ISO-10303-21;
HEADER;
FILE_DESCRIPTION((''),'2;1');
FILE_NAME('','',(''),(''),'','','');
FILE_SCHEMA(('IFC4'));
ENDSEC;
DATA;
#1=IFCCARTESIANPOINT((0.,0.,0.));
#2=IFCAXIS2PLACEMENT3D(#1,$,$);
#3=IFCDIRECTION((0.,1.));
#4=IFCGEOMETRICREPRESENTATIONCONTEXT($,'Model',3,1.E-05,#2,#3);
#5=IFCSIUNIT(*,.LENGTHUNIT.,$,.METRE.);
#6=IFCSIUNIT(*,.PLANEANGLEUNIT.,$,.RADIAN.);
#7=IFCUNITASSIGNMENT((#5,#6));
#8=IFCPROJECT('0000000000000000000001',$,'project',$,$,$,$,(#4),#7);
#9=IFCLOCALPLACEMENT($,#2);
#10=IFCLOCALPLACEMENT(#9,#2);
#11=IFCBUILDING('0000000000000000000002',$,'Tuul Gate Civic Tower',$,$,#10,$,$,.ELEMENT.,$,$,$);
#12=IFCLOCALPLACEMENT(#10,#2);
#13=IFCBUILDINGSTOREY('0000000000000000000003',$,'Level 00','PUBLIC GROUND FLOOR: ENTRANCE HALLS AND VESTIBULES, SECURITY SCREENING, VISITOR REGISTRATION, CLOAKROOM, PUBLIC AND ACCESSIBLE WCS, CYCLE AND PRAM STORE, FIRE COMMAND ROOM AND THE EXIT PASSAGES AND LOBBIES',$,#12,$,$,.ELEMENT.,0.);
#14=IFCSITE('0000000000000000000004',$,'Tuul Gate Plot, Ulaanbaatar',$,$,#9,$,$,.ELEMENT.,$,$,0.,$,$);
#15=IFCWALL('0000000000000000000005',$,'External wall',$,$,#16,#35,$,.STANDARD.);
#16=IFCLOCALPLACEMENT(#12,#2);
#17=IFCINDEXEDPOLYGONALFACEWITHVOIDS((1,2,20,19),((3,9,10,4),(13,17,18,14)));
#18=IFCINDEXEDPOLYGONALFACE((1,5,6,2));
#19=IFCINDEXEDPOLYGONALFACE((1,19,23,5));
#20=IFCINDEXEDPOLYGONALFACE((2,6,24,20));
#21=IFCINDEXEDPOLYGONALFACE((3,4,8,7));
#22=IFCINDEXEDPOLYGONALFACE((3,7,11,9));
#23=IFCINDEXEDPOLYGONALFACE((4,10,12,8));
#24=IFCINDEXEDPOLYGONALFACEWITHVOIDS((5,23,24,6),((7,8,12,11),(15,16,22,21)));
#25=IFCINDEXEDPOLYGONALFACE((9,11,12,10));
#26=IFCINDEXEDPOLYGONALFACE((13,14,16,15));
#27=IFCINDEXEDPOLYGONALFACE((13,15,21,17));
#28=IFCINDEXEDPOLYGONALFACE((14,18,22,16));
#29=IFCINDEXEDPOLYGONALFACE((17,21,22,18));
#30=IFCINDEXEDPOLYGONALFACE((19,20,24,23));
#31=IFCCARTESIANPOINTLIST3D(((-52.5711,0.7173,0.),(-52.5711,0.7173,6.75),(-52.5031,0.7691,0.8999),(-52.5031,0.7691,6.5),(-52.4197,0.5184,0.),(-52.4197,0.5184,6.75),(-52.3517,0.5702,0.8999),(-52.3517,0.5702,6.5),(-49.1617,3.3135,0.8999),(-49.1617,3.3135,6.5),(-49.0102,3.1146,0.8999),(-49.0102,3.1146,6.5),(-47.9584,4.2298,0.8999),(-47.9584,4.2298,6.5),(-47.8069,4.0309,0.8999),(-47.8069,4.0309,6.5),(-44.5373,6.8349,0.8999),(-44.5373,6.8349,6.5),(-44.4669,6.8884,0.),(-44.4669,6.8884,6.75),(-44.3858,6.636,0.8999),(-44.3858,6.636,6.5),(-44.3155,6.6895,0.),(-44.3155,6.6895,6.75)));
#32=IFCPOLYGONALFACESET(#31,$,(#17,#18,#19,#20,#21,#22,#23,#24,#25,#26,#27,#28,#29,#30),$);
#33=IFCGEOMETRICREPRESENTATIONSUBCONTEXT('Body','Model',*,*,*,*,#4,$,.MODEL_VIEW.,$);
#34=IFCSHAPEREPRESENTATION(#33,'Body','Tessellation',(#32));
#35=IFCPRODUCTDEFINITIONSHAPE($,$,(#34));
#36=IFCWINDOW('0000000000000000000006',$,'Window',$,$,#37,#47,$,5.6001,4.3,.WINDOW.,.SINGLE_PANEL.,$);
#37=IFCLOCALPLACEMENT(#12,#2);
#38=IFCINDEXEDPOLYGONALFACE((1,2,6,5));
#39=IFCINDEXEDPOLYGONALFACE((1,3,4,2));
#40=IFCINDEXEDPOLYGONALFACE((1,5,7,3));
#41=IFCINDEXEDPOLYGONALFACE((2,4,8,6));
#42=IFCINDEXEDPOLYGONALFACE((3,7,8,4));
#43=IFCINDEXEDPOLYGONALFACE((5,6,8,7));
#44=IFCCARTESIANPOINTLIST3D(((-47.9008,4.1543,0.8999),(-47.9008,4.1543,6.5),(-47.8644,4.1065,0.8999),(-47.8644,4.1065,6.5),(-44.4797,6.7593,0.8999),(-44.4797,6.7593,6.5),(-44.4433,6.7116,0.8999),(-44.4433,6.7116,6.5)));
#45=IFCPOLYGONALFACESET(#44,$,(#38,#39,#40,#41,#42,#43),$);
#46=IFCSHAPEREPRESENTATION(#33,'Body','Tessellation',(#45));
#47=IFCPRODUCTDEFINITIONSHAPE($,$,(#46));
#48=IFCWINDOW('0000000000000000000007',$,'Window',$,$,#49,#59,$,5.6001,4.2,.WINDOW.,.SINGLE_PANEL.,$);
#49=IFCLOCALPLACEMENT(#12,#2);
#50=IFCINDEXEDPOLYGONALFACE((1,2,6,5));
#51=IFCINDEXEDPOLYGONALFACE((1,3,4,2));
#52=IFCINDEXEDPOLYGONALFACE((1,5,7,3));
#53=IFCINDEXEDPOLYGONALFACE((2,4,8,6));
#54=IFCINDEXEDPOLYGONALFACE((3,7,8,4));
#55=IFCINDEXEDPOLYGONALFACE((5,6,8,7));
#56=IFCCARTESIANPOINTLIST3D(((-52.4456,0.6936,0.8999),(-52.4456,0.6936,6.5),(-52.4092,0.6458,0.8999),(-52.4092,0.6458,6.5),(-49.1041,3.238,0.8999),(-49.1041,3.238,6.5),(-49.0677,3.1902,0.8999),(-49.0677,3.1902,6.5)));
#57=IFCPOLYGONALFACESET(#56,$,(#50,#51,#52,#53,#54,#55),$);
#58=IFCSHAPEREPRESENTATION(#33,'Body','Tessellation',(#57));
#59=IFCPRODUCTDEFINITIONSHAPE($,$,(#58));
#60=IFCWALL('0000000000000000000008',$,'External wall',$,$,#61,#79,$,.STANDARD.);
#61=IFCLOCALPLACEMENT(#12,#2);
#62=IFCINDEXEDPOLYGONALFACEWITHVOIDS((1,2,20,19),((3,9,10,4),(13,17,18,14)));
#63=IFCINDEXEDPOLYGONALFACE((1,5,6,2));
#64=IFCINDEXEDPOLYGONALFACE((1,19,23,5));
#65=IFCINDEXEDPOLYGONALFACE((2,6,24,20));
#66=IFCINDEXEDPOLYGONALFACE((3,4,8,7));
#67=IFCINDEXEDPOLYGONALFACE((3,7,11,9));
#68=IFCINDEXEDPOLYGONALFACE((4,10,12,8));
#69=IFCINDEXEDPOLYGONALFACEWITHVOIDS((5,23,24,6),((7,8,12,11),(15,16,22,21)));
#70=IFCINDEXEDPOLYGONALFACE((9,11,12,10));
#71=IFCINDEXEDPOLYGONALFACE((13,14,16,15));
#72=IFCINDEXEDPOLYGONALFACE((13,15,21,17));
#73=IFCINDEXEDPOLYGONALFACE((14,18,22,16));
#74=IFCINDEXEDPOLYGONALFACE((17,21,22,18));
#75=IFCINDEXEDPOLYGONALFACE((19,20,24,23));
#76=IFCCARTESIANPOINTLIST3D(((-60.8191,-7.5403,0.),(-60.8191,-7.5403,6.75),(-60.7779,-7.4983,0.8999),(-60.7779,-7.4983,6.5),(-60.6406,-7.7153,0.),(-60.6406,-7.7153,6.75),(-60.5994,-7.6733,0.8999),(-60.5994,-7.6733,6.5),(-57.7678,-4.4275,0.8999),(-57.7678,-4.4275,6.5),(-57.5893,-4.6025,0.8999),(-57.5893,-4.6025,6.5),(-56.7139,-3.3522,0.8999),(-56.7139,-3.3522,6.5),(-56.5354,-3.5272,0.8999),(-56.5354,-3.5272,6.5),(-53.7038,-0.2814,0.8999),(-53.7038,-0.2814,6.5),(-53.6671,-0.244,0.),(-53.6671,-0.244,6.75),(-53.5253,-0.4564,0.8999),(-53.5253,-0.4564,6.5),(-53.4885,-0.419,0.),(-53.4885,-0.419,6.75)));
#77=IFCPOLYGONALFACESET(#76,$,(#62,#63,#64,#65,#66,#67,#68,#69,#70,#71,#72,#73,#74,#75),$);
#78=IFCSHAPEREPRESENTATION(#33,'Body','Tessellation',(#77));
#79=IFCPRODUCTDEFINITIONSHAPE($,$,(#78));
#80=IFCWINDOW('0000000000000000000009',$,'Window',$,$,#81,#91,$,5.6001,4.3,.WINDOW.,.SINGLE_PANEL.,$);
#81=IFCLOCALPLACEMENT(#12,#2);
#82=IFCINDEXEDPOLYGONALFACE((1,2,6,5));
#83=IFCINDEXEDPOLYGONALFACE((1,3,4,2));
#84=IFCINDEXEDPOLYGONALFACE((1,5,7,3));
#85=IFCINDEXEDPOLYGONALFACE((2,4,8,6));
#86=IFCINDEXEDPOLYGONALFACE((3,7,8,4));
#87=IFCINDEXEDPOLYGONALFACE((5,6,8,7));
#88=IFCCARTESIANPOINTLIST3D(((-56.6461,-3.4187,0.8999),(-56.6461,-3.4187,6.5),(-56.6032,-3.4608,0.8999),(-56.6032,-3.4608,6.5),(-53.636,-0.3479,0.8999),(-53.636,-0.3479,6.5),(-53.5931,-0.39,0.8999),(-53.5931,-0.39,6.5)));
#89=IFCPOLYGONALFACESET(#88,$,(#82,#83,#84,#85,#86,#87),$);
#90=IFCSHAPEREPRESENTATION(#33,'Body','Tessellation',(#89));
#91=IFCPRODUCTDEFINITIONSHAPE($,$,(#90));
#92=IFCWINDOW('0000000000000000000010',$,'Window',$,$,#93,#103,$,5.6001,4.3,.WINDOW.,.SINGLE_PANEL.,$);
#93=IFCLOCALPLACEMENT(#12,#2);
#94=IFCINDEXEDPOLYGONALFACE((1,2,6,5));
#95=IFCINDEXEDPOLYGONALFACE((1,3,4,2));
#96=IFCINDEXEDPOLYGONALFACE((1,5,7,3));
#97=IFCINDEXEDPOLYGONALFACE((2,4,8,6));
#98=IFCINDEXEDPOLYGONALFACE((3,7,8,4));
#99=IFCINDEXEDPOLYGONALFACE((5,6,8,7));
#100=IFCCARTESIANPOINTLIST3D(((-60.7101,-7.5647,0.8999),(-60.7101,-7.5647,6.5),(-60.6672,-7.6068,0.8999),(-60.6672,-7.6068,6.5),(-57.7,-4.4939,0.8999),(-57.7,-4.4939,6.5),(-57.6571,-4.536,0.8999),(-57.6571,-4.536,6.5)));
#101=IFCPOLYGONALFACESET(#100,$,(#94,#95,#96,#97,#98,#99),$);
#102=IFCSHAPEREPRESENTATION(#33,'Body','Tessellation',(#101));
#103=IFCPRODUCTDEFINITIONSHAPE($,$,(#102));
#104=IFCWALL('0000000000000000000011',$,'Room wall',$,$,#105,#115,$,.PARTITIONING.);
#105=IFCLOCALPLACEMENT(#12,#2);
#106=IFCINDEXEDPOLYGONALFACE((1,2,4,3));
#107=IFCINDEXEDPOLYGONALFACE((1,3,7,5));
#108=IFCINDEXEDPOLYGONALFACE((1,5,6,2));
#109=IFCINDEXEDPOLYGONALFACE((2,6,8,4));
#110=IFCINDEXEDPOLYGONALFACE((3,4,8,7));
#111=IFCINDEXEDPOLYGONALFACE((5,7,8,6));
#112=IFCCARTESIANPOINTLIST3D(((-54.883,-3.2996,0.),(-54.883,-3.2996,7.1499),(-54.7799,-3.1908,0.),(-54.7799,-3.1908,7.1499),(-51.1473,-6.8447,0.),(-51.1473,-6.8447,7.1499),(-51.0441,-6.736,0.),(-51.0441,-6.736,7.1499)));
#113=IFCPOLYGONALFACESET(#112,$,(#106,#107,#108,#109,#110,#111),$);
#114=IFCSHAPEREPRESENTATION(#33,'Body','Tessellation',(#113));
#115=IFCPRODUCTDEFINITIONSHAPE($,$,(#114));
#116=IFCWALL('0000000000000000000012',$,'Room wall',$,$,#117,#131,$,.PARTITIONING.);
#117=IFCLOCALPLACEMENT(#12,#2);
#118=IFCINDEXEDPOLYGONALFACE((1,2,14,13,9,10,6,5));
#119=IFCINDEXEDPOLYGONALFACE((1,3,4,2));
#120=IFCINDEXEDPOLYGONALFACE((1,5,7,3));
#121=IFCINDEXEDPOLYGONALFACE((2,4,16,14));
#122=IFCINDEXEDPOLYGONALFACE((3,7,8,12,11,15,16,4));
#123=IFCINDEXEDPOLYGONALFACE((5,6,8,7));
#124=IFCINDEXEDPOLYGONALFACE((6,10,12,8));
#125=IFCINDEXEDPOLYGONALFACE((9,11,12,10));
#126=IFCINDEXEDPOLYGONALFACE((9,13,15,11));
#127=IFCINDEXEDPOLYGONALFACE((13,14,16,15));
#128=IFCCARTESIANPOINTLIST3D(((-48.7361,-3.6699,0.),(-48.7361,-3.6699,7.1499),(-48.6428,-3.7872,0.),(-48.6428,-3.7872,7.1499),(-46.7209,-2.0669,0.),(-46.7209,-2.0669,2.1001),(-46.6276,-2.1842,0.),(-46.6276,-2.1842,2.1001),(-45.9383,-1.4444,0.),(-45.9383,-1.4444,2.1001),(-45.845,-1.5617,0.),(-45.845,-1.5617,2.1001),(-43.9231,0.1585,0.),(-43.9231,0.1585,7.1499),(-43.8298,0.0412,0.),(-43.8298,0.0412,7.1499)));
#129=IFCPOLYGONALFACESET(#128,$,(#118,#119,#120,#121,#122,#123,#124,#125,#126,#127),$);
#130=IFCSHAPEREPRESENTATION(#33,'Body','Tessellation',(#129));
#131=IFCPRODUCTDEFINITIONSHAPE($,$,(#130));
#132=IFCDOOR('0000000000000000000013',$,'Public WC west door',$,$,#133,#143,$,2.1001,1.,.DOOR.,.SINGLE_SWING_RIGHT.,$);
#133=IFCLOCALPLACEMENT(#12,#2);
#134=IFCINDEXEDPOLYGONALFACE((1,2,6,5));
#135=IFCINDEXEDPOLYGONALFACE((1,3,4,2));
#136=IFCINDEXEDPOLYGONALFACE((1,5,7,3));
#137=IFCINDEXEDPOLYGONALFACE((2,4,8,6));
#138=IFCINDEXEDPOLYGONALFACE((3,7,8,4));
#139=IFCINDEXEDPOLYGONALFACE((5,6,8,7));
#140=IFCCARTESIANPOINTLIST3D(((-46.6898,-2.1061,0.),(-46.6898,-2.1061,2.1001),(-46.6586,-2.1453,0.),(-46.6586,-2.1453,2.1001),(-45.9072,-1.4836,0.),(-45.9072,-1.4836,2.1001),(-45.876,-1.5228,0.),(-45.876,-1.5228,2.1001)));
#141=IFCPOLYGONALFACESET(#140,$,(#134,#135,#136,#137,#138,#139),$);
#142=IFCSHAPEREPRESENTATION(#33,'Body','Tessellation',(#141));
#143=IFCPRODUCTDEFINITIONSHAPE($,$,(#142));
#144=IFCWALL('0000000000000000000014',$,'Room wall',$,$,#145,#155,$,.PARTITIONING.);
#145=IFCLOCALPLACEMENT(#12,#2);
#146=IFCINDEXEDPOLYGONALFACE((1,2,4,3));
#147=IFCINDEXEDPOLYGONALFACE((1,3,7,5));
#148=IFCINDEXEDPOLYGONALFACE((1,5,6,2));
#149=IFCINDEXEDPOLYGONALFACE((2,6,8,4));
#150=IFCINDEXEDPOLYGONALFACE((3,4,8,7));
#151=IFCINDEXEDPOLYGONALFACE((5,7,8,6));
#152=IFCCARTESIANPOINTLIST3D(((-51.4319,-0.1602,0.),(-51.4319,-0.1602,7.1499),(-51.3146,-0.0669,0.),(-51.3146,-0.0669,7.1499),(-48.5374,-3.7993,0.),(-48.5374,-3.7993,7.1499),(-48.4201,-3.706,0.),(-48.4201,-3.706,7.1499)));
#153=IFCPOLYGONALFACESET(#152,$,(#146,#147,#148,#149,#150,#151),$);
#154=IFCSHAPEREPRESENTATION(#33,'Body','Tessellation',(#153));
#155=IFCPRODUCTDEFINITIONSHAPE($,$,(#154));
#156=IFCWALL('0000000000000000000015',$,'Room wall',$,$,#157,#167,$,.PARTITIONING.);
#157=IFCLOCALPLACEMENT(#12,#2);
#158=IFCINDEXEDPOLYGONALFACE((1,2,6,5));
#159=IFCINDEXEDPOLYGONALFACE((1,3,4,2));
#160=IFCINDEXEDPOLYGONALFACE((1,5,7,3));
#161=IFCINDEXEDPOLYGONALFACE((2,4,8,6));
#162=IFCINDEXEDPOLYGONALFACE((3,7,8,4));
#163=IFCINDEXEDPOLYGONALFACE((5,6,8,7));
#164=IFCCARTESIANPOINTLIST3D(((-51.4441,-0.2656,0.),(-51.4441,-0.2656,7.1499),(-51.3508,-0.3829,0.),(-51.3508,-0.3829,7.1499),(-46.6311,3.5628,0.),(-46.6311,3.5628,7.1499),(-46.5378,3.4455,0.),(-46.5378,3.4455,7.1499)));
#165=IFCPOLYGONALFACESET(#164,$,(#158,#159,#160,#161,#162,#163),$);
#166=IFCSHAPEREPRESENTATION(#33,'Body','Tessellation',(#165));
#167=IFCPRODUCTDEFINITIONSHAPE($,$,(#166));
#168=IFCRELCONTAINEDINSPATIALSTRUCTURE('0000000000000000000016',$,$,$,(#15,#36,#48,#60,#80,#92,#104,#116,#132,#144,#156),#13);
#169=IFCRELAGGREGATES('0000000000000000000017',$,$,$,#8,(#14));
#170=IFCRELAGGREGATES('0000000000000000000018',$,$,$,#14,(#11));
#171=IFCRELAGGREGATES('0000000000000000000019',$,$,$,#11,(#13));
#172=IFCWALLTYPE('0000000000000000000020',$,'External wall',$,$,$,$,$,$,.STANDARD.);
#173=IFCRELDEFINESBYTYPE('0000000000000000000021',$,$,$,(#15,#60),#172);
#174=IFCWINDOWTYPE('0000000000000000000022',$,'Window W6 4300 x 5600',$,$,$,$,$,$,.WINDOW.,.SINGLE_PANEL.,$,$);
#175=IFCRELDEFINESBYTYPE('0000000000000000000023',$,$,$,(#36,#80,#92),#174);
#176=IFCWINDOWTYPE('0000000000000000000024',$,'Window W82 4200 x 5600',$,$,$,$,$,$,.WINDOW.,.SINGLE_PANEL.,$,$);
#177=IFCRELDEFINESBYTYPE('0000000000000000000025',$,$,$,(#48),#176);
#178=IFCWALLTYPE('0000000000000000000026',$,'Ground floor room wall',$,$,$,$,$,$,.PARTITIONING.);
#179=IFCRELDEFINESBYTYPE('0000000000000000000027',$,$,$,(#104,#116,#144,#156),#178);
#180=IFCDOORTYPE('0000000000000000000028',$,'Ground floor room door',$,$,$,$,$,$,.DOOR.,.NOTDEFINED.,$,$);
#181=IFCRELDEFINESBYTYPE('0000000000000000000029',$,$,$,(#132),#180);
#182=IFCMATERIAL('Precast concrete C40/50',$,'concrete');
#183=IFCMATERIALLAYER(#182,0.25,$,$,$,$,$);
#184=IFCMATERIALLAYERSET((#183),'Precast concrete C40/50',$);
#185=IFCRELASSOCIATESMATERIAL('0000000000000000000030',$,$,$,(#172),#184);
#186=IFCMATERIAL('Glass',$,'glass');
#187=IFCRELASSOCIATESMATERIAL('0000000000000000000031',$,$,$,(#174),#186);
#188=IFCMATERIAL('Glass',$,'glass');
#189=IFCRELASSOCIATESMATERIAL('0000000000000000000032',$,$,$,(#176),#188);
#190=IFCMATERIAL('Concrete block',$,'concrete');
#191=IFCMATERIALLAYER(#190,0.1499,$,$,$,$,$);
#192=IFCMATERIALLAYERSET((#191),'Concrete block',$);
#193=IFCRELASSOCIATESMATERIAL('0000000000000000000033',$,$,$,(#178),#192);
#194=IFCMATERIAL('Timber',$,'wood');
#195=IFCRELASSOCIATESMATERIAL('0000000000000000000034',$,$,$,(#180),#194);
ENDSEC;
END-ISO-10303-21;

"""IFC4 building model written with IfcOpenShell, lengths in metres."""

from ifc_helpers import new_model, si_unit, direction, frame, frame_2d, origin, place, context, subcontext, project, spatial, rectangle, extrude, material, layer, layer_set, type_object, element, fill, save


model = new_model("IFC4")

# Units and contexts
model_context = context("Model", 3, precision=1e-05, world=origin(), true_north=direction((0.0, 1.0)))
body_context = subcontext(model_context, "Body", "Model", "MODEL_VIEW")
ifc_project = project(units=[si_unit("LENGTHUNIT", "METRE"), si_unit("PLANEANGLEUNIT", "RADIAN")], contexts=[model_context])

# Site, building, storey
site_placement = place(None, origin())
site = spatial("IfcSite", under=ifc_project, at=site_placement, Name="Tuul Gate Plot, Ulaanbaatar", CompositionType="ELEMENT", RefElevation=0.0)
building_placement = place(site_placement, origin())
building = spatial("IfcBuilding", under=site, at=building_placement, Name="Tuul Gate Civic Tower", CompositionType="ELEMENT")
storey_placement = place(building_placement, origin())
storey = spatial("IfcBuildingStorey", under=building, at=storey_placement, Name="Level 00", Description="PUBLIC GROUND FLOOR: ENTRANCE HALLS AND VESTIBULES, SECURITY SCREENING, VISITOR REGISTRATION, CLOAKROOM, PUBLIC AND ACCESSIBLE WCS, CYCLE AND PRAM STORE, FIRE COMMAND ROOM AND THE EXIT PASSAGES AND LOBBIES", CompositionType="ELEMENT", Elevation=0.0)

# Shared definitions
ifc_material_1 = material(Name="Precast concrete C40/50", Category="concrete")
ifc_layer_1 = layer(ifc_material_1, 0.25)
ifc_layer_set_1 = layer_set([ifc_layer_1], Name="Precast concrete C40/50")
wall_type_1 = type_object("IfcWallType", Name="External wall", PredefinedType="STANDARD", material=ifc_layer_set_1)

# Walls, openings, windows
wall_1_placement = place(storey_placement, frame((-44.3911, 6.7891, 0.0), z_axis=(0.0, 0.0, 1.0), x_axis=(-0.795598, -0.605824, 0.0)))
wall_1 = element("IfcWall", 1, at=wall_1_placement, inside=storey, type_object=wall_type_1, Name="External wall", PredefinedType="STANDARD", context=body_context, shape_type="SweptSolid", body=[
    extrude(rectangle(XDim=10.1863, YDim=0.25, at=frame_2d((5.0933, 0.0))), origin(), (0.0, 0.0, 1.0), 6.75),
])
opening_1_placement = place(wall_1_placement, frame((0.0886, 0.0, 0.8999)))
opening_1 = element("IfcOpeningElement", 2, at=opening_1_placement, cuts=wall_1, PredefinedType="OPENING", context=body_context, shape_type="SweptSolid", body=[
    extrude(rectangle(XDim=4.3, YDim=5.6001, at=frame_2d((2.1499, 2.8))), frame((0.0, 0.135, 0.0), z_axis=(0.0, -1.0, 0.0), x_axis=(1.0, 0.0, 0.0)), (0.0, 0.0, 1.0), 0.27),
])
opening_2_placement = place(wall_1_placement, frame((5.9009, 0.0, 0.8999)))
opening_2 = element("IfcOpeningElement", 3, at=opening_2_placement, cuts=wall_1, PredefinedType="OPENING", context=body_context, shape_type="SweptSolid", body=[
    extrude(rectangle(XDim=4.2, YDim=5.6001, at=frame_2d((2.1001, 2.8))), frame((0.0, 0.135, 0.0), z_axis=(0.0, -1.0, 0.0), x_axis=(1.0, 0.0, 0.0)), (0.0, 0.0, 1.0), 0.27),
])
ifc_material_2 = material(Name="Glass", Category="glass")
window_type_1 = type_object("IfcWindowType", Name="Window W6 4300 x 5600", PartitioningType="SINGLE_PANEL", PredefinedType="WINDOW", material=ifc_material_2)
window_1_placement = place(opening_1_placement, origin())
window_1 = element("IfcWindow", 4, at=window_1_placement, inside=storey, type_object=window_type_1, Name="Window", OverallHeight=5.6001, OverallWidth=4.3, PartitioningType="SINGLE_PANEL", PredefinedType="WINDOW", context=body_context, shape_type="SweptSolid", body=[
    extrude(rectangle(XDim=4.3, YDim=5.6001, at=frame_2d((2.1499, 2.8))), frame((0.0, 0.03, 0.0), z_axis=(0.0, -1.0, 0.0), x_axis=(1.0, 0.0, 0.0)), (0.0, 0.0, 1.0), 0.0601),
])
fill(opening_1, window_1)
ifc_material_3 = material(Name="Glass", Category="glass")
window_type_2 = type_object("IfcWindowType", Name="Window W82 4200 x 5600", PartitioningType="SINGLE_PANEL", PredefinedType="WINDOW", material=ifc_material_3)
window_2_placement = place(opening_2_placement, origin())
window_2 = element("IfcWindow", 5, at=window_2_placement, inside=storey, type_object=window_type_2, Name="Window", OverallHeight=5.6001, OverallWidth=4.2, PartitioningType="SINGLE_PANEL", PredefinedType="WINDOW", context=body_context, shape_type="SweptSolid", body=[
    extrude(rectangle(XDim=4.2, YDim=5.6001, at=frame_2d((2.1001, 2.8))), frame((0.0, 0.03, 0.0), z_axis=(0.0, -1.0, 0.0), x_axis=(1.0, 0.0, 0.0)), (0.0, 0.0, 1.0), 0.0601),
])
fill(opening_2, window_2)
wall_2_placement = place(storey_placement, frame((-53.5779, -0.3315, 0.0), z_axis=(0.0, 0.0, 1.0), x_axis=(-0.70001, -0.714133, 0.0)))
wall_2 = element("IfcWall", 6, at=wall_2_placement, inside=storey, type_object=wall_type_1, Name="External wall", PredefinedType="STANDARD", context=body_context, shape_type="SweptSolid", body=[
    extrude(rectangle(XDim=10.217, YDim=0.25, at=frame_2d((5.1084, 0.0))), origin(), (0.0, 0.0, 1.0), 6.75),
])
opening_3_placement = place(wall_2_placement, frame((0.0525, 0.0, 0.8999)))
opening_3 = element("IfcOpeningElement", 7, at=opening_3_placement, cuts=wall_2, PredefinedType="OPENING", context=body_context, shape_type="SweptSolid", body=[
    extrude(rectangle(XDim=4.3, YDim=5.6001, at=frame_2d((2.1499, 2.8))), frame((0.0, 0.135, 0.0), z_axis=(0.0, -1.0, 0.0), x_axis=(1.0, 0.0, 0.0)), (0.0, 0.0, 1.0), 0.27),
])
opening_4_placement = place(wall_2_placement, frame((5.8582, 0.0, 0.8999)))
opening_4 = element("IfcOpeningElement", 8, at=opening_4_placement, cuts=wall_2, PredefinedType="OPENING", context=body_context, shape_type="SweptSolid", body=[
    extrude(rectangle(XDim=4.3, YDim=5.6001, at=frame_2d((2.1499, 2.8))), frame((0.0, 0.135, 0.0), z_axis=(0.0, -1.0, 0.0), x_axis=(1.0, 0.0, 0.0)), (0.0, 0.0, 1.0), 0.27),
])
window_3_placement = place(opening_3_placement, origin())
window_3 = element("IfcWindow", 9, at=window_3_placement, inside=storey, type_object=window_type_1, Name="Window", OverallHeight=5.6001, OverallWidth=4.3, PartitioningType="SINGLE_PANEL", PredefinedType="WINDOW", context=body_context, shape_type="SweptSolid", body=[
    extrude(rectangle(XDim=4.3, YDim=5.6001, at=frame_2d((2.1499, 2.8))), frame((0.0, 0.03, 0.0), z_axis=(0.0, -1.0, 0.0), x_axis=(1.0, 0.0, 0.0)), (0.0, 0.0, 1.0), 0.0601),
])
fill(opening_3, window_3)
window_4_placement = place(opening_4_placement, origin())
window_4 = element("IfcWindow", 10, at=window_4_placement, inside=storey, type_object=window_type_1, Name="Window", OverallHeight=5.6001, OverallWidth=4.3, PartitioningType="SINGLE_PANEL", PredefinedType="WINDOW", context=body_context, shape_type="SweptSolid", body=[
    extrude(rectangle(XDim=4.3, YDim=5.6001, at=frame_2d((2.1499, 2.8))), frame((0.0, 0.03, 0.0), z_axis=(0.0, -1.0, 0.0), x_axis=(1.0, 0.0, 0.0)), (0.0, 0.0, 1.0), 0.0601),
])
fill(opening_4, window_4)

# Wall
ifc_material_4 = material(Name="Concrete block", Category="concrete")
ifc_layer_2 = layer(ifc_material_4, 0.1499)
ifc_layer_set_2 = layer_set([ifc_layer_2], Name="Concrete block")
wall_type_2 = type_object("IfcWallType", Name="Ground floor room wall", PredefinedType="PARTITIONING", material=ifc_layer_set_2)
wall_3_placement = place(storey_placement, frame((-54.8315, -3.2451, 0.0), z_axis=(0.0, 0.0, 1.0), x_axis=(0.725376, -0.688353, 0.0)))
element("IfcWall", 11, at=wall_3_placement, inside=storey, type_object=wall_type_2, Name="Room wall", PredefinedType="PARTITIONING", context=body_context, shape_type="SweptSolid", body=[
    extrude(rectangle(XDim=5.1501, YDim=0.1499, at=frame_2d((2.5752, 0.0))), origin(), (0.0, 0.0, 1.0), 7.1499),
])

# Wall, opening, door
wall_4_placement = place(storey_placement, frame((-43.8765, 0.0999, 0.0), z_axis=(0.0, 0.0, 1.0), x_axis=(-0.782612, -0.622509, 0.0)))
wall_4 = element("IfcWall", 12, at=wall_4_placement, inside=storey, type_object=wall_type_2, Name="Room wall", PredefinedType="PARTITIONING", context=body_context, shape_type="SweptSolid", body=[
    extrude(rectangle(XDim=6.1499, YDim=0.1499, at=frame_2d((3.075, 0.0))), origin(), (0.0, 0.0, 1.0), 7.1499),
])
opening_5_placement = place(wall_4_placement, frame((2.575, 0.0, 0.0)))
opening_5 = element("IfcOpeningElement", 13, at=opening_5_placement, cuts=wall_4, PredefinedType="OPENING", context=body_context, shape_type="SweptSolid", body=[
    extrude(rectangle(XDim=1.0, YDim=2.1001, at=frame_2d((0.5, 1.05))), frame((0.0, 0.085, 0.0), z_axis=(0.0, -1.0, 0.0), x_axis=(1.0, 0.0, 0.0)), (0.0, 0.0, 1.0), 0.1699),
])
ifc_material_5 = material(Name="Timber", Category="wood")
door_type_1 = type_object("IfcDoorType", Name="Ground floor room door", OperationType="NOTDEFINED", PredefinedType="DOOR", material=ifc_material_5)
door_1_placement = place(opening_5_placement, frame((1.0, 0.0, 0.0), z_axis=(0.0, 0.0, 1.0), x_axis=(-1.0, 0.0, 0.0)))
door_1 = element("IfcDoor", 14, at=door_1_placement, inside=storey, type_object=door_type_1, Name="Public WC west door", OperationType="SINGLE_SWING_RIGHT", OverallHeight=2.1001, OverallWidth=1.0, PredefinedType="DOOR", context=body_context, shape_type="SweptSolid", body=[
    extrude(rectangle(XDim=1.0, YDim=2.1001, at=frame_2d((0.5, 1.05))), frame((0.0, 0.0249, 0.0), z_axis=(0.0, -1.0, 0.0), x_axis=(1.0, 0.0, 0.0)), (0.0, 0.0, 1.0), 0.05),
])
fill(opening_5, door_1)

# Walls
wall_5_placement = place(storey_placement, frame((-48.4788, -3.7527, 0.0), z_axis=(0.0, 0.0, 1.0), x_axis=(-0.62249, 0.782628, 0.0)))
element("IfcWall", 15, at=wall_5_placement, inside=storey, type_object=wall_type_2, Name="Room wall", PredefinedType="PARTITIONING", context=body_context, shape_type="SweptSolid", body=[
    extrude(rectangle(XDim=4.6499, YDim=0.1499, at=frame_2d((2.325, 0.0))), origin(), (0.0, 0.0, 1.0), 7.1499),
])
wall_6_placement = place(storey_placement, frame((-51.3975, -0.3242, 0.0), z_axis=(0.0, 0.0, 1.0), x_axis=(0.782612, 0.622509, 0.0)))
element("IfcWall", 16, at=wall_6_placement, inside=storey, type_object=wall_type_2, Name="Room wall", PredefinedType="PARTITIONING", context=body_context, shape_type="SweptSolid", body=[
    extrude(rectangle(XDim=6.1499, YDim=0.1499, at=frame_2d((3.075, 0.0))), origin(), (0.0, 0.0, 1.0), 7.1499),
])

save(model, "model.ifc")
